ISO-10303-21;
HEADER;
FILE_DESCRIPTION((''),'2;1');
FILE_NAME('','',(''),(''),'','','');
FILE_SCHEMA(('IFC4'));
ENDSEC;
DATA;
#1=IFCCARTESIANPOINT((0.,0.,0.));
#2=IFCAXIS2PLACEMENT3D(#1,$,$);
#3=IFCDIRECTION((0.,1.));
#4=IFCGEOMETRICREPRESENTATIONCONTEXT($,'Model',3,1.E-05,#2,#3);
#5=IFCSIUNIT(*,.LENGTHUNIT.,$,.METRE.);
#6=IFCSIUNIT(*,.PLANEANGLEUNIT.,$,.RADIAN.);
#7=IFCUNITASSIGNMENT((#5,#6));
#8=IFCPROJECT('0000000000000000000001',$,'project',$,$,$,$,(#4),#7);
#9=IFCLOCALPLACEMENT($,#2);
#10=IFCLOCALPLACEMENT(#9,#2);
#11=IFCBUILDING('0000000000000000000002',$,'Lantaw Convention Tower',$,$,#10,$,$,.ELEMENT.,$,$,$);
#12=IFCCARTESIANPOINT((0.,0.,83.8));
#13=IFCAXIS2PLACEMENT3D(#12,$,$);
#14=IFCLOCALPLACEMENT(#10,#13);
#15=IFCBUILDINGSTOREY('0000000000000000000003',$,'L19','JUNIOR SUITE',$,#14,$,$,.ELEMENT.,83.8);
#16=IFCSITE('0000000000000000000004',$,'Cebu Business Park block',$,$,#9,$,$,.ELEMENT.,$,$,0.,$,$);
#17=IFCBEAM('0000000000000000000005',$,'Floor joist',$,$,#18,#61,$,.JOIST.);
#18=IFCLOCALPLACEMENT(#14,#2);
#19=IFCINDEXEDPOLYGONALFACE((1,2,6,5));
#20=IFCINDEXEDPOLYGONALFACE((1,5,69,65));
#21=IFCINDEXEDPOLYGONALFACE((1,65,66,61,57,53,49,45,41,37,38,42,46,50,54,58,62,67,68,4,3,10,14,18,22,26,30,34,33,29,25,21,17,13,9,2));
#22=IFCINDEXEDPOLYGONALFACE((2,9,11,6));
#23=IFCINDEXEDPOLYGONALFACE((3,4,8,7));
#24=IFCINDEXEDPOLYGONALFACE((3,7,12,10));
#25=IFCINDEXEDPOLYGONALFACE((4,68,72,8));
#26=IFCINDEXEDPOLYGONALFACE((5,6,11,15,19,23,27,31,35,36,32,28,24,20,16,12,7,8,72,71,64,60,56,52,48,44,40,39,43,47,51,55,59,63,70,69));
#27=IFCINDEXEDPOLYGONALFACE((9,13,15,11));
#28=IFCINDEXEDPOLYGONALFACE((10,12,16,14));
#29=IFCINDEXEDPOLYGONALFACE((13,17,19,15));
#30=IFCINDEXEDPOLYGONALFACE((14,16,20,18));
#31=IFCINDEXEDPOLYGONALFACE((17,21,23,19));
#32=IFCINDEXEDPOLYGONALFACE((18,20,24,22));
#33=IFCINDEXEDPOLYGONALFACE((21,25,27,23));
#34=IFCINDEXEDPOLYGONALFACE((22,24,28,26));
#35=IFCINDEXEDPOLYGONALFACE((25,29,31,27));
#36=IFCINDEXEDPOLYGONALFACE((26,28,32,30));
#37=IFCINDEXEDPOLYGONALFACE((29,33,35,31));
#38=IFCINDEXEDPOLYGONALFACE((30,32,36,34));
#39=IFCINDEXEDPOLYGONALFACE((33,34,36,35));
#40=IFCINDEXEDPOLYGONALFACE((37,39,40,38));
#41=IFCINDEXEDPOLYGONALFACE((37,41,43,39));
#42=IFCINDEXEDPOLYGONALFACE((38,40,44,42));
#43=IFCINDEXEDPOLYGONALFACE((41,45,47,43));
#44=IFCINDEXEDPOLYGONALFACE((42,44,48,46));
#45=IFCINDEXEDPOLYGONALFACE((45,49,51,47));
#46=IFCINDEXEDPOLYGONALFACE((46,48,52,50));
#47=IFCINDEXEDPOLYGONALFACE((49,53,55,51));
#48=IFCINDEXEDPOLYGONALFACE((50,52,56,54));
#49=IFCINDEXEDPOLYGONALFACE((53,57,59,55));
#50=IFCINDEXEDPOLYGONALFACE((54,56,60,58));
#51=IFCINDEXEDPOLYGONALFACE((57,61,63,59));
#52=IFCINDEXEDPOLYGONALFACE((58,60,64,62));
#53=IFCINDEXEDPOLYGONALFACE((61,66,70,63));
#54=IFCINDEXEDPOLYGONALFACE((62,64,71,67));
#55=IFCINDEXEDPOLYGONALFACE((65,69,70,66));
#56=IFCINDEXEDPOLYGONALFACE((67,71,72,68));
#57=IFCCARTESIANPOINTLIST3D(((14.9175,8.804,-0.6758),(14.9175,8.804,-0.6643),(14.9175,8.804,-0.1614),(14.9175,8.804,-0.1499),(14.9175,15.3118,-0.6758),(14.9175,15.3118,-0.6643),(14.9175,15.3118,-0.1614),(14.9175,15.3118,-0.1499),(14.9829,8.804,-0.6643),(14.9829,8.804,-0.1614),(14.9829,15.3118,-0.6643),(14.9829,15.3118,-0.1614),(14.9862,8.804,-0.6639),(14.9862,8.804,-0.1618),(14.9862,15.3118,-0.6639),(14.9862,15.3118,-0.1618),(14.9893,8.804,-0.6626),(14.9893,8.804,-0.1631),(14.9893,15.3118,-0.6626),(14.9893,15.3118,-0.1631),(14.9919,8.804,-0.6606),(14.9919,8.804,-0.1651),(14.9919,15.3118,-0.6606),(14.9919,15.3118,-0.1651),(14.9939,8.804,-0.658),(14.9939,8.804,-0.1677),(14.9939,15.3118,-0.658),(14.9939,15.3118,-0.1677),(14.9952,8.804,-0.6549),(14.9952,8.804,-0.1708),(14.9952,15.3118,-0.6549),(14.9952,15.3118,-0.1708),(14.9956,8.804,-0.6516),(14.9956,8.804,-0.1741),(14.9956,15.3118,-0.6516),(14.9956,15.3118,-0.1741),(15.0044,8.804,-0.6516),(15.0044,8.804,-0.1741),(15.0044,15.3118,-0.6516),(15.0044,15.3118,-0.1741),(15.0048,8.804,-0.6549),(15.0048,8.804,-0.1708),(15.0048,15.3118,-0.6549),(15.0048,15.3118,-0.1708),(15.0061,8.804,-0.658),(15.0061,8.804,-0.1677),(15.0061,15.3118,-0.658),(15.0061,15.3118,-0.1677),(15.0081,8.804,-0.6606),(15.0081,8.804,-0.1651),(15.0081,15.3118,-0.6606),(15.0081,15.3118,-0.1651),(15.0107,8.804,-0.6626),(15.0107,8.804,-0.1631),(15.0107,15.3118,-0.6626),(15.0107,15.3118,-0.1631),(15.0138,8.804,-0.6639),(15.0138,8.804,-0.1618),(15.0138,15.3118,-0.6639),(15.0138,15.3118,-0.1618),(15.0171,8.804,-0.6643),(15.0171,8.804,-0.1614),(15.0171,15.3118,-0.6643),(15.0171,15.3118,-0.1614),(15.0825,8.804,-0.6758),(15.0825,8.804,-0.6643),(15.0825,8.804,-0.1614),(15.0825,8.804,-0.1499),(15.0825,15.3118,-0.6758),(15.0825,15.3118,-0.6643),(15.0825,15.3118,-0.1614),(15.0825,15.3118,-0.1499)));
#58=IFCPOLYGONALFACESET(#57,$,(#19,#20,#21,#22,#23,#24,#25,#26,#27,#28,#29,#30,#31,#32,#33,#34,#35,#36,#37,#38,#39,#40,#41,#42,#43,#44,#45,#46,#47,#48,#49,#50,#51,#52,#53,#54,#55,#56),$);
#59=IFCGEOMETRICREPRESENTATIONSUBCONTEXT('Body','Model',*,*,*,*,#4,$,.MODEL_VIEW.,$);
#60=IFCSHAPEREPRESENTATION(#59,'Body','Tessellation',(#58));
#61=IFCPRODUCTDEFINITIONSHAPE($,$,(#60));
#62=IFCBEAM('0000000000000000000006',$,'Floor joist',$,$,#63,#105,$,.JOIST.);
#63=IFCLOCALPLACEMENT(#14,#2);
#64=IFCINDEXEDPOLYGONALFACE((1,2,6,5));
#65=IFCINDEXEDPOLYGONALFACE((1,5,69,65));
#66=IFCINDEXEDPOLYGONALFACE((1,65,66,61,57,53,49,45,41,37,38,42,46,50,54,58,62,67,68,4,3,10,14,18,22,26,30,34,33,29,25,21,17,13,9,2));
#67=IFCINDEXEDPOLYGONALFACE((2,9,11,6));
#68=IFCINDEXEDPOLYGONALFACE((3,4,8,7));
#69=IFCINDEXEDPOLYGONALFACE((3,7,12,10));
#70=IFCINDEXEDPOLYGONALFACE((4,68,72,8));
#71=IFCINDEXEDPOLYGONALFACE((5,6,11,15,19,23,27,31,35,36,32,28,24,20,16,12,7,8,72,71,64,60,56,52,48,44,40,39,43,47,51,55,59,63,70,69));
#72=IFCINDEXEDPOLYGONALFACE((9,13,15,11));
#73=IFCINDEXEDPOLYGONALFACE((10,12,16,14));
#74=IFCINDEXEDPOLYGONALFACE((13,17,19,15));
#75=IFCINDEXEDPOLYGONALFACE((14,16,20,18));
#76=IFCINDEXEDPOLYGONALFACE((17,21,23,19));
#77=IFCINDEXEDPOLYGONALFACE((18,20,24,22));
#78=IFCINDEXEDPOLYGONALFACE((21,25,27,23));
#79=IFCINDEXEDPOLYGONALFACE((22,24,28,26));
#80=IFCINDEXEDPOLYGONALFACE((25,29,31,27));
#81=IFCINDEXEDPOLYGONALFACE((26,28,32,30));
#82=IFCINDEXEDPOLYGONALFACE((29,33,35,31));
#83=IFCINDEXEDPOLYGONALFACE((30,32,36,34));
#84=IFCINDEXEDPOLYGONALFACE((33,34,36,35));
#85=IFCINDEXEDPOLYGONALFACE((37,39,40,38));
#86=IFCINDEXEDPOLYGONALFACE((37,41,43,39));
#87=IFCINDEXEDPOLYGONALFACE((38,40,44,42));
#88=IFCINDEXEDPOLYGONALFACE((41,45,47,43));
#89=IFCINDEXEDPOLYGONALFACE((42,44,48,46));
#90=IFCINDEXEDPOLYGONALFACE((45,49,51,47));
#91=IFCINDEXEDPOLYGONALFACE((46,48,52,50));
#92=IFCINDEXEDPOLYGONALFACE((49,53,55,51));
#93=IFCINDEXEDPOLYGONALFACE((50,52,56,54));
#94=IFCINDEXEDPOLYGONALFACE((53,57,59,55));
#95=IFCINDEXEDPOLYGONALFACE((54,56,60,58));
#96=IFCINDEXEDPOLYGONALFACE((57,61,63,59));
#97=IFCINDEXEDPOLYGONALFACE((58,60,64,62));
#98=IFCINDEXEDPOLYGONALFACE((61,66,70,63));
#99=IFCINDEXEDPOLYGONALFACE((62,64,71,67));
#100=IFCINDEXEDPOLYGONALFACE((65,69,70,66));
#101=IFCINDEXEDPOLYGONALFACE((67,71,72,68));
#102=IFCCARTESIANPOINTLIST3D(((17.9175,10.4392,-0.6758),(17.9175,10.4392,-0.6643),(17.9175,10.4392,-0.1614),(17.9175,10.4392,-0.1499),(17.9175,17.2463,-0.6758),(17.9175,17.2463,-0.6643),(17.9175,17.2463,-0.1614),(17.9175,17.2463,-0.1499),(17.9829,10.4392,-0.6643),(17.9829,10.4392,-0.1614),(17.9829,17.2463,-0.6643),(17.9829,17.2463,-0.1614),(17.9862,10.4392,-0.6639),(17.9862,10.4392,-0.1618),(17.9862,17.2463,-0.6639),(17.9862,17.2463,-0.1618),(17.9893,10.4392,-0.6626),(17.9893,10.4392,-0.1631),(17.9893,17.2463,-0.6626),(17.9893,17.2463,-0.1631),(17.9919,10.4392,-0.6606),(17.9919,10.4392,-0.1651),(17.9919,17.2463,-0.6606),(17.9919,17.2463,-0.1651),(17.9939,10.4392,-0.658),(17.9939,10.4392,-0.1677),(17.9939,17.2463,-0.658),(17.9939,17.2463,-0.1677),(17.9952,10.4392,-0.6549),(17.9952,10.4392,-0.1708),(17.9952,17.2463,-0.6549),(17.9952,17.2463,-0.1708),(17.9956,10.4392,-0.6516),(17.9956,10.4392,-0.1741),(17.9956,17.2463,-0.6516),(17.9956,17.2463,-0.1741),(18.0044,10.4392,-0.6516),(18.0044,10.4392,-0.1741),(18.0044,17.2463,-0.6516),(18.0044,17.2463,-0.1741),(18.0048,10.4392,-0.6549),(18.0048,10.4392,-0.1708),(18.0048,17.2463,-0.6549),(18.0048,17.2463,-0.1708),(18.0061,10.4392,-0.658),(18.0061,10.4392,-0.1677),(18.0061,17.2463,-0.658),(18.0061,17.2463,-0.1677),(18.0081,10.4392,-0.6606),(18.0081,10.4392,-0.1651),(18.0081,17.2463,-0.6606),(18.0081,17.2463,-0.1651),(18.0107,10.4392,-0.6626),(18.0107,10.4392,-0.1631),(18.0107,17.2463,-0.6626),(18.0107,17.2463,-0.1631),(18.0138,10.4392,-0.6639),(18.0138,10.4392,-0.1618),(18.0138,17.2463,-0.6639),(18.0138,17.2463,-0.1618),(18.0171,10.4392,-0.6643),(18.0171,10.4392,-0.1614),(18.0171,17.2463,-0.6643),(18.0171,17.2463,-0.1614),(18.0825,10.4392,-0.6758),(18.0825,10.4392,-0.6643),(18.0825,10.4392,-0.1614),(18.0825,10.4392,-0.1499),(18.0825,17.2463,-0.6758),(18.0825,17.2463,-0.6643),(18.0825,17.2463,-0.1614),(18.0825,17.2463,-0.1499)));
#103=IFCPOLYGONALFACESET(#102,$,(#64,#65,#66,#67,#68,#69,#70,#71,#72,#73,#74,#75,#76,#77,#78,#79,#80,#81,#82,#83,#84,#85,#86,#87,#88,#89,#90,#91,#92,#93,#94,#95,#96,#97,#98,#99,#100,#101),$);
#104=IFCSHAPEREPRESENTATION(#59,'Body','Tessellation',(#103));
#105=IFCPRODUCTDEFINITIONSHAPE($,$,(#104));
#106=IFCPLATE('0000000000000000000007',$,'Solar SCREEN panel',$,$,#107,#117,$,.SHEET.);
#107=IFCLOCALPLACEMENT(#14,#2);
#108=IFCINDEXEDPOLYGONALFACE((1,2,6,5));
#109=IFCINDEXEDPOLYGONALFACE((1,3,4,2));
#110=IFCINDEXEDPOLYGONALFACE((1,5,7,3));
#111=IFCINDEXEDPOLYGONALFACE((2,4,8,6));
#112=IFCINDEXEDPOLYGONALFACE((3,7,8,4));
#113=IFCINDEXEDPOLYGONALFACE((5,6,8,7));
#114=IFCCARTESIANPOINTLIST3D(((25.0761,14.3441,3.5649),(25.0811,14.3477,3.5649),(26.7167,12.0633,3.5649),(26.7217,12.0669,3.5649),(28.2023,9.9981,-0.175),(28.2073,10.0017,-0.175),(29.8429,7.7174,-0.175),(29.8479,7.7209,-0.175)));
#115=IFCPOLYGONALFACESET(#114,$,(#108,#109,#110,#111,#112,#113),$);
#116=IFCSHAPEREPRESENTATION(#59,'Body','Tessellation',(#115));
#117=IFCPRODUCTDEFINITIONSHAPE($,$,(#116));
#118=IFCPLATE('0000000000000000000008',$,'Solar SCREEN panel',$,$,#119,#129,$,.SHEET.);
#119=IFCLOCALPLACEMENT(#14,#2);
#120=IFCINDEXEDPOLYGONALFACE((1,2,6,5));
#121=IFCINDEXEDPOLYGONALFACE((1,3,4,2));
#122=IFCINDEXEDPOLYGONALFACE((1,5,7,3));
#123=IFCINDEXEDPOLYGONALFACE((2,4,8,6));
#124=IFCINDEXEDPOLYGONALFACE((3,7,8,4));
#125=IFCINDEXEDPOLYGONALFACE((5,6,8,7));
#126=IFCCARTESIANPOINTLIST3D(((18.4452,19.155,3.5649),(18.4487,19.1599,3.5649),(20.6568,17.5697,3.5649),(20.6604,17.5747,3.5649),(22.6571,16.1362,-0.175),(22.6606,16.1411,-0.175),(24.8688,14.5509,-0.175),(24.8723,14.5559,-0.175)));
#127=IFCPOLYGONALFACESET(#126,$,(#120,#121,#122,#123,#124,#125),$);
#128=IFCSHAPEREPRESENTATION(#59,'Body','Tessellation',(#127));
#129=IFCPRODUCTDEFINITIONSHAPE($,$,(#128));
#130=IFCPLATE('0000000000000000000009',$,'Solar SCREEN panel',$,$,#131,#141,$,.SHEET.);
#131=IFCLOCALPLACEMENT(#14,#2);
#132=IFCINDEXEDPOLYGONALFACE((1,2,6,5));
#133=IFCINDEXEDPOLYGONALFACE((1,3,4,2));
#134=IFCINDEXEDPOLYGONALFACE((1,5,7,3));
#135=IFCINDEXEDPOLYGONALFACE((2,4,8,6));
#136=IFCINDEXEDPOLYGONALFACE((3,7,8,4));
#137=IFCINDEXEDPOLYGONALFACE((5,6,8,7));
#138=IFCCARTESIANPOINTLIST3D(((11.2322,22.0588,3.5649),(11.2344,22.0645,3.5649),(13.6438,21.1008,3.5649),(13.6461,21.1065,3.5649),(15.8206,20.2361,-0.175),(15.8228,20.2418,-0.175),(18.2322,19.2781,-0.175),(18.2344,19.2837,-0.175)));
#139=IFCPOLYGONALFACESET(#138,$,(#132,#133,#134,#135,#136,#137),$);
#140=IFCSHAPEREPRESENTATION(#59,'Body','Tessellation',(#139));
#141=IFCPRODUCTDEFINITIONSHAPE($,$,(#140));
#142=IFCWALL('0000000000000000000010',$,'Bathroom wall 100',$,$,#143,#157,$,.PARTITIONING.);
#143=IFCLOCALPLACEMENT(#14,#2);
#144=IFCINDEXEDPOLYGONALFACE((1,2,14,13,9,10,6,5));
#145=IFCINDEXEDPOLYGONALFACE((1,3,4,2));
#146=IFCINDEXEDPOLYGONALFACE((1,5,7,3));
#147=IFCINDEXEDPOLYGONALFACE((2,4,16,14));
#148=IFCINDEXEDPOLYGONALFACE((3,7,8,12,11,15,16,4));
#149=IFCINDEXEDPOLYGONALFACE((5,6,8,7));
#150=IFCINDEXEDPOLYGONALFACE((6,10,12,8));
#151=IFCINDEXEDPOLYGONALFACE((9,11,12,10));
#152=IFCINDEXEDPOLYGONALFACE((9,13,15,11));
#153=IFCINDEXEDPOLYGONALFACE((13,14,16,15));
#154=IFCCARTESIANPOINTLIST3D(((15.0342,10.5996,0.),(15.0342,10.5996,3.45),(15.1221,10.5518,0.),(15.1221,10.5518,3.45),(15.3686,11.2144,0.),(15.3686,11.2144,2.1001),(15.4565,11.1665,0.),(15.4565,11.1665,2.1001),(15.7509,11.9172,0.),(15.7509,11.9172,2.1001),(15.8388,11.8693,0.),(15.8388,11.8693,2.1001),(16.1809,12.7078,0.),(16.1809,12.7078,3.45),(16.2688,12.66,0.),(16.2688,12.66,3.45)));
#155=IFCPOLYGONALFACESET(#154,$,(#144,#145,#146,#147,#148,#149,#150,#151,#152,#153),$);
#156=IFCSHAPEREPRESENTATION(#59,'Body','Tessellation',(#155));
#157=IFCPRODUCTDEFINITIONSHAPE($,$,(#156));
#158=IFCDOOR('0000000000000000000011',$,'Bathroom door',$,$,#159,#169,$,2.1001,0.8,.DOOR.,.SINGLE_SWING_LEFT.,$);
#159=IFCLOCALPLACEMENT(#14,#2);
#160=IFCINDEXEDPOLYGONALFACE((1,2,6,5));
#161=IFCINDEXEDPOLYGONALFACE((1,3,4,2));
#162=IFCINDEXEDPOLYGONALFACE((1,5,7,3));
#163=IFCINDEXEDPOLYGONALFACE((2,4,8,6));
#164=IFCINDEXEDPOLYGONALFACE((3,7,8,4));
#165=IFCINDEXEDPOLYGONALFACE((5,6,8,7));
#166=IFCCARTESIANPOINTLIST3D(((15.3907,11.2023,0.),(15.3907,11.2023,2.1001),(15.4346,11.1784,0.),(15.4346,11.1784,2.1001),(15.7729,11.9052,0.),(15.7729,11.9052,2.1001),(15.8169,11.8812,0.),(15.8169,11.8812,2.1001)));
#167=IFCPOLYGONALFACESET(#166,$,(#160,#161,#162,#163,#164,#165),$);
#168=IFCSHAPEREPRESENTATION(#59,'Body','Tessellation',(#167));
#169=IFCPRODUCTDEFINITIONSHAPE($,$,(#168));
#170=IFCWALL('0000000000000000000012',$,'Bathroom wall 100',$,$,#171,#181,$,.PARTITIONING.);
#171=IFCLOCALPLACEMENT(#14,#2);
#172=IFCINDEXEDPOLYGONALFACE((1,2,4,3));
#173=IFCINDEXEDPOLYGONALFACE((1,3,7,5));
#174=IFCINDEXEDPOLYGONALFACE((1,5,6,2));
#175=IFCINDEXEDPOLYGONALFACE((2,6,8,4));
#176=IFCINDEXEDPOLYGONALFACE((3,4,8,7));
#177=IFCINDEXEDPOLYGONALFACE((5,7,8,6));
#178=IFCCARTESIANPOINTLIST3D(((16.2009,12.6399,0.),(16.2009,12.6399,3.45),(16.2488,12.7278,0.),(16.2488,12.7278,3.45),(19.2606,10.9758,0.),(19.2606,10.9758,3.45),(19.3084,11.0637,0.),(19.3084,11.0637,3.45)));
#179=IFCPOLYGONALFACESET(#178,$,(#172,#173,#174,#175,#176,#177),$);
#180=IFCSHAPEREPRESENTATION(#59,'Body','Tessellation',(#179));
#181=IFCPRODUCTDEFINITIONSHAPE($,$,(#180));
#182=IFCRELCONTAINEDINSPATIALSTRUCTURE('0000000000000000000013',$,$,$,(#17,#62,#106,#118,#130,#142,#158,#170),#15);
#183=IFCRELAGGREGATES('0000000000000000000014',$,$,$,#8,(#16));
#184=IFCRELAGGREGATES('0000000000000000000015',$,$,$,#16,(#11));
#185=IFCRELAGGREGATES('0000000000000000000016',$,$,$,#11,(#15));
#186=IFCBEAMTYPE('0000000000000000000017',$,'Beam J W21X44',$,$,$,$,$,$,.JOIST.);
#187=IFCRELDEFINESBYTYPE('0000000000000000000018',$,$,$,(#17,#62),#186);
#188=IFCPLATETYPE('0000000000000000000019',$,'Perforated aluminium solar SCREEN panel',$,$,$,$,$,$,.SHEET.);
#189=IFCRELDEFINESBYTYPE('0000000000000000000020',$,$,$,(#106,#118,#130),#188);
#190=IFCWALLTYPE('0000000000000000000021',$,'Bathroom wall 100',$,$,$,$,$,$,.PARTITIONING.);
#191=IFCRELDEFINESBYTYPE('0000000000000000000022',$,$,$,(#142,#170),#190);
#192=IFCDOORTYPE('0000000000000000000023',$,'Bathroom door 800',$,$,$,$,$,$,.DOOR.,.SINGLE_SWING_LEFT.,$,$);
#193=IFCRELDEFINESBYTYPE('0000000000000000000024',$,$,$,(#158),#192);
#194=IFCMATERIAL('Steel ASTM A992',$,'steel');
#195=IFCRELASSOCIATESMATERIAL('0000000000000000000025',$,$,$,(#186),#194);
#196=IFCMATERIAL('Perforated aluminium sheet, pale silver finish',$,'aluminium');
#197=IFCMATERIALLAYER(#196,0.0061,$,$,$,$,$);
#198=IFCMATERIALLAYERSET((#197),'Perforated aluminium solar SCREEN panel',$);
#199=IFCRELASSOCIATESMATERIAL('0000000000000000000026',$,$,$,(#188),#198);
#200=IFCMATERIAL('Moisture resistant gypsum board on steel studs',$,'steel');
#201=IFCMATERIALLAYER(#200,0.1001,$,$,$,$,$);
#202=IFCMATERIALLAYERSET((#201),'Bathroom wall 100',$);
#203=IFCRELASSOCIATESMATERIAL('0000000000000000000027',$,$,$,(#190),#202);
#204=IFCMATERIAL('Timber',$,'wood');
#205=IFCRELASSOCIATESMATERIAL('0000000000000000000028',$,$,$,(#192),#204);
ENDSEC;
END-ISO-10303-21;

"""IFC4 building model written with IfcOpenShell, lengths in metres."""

from ifc_helpers import new_model, si_unit, direction, frame, frame_2d, origin, origin_2d, place, context, subcontext, project, spatial, polyline, rectangle, i_section, outline, extrude, material, layer, layer_set, material_profile, profile_set, type_object, element, fill, save


model = new_model("IFC4")

# Units and contexts
model_context = context("Model", 3, precision=1e-05, world=origin(), true_north=direction((0.0, 1.0)))
body_context = subcontext(model_context, "Body", "Model", "MODEL_VIEW")
ifc_project = project(units=[si_unit("LENGTHUNIT", "METRE"), si_unit("PLANEANGLEUNIT", "RADIAN")], contexts=[model_context])

# Site, building, storey
site_placement = place(None, origin())
site = spatial("IfcSite", under=ifc_project, at=site_placement, Name="Cebu Business Park block", CompositionType="ELEMENT", RefElevation=0.0)
building_placement = place(site_placement, origin())
building = spatial("IfcBuilding", under=site, at=building_placement, Name="Lantaw Convention Tower", CompositionType="ELEMENT")
storey_placement = place(building_placement, frame((0.0, 0.0, 83.8)))
storey = spatial("IfcBuildingStorey", under=building, at=storey_placement, Name="L19", Description="JUNIOR SUITE", CompositionType="ELEMENT", Elevation=83.8)

# Beams
ifc_material_1 = material(Name="Steel ASTM A992", Category="steel")
ifc_material_profile_1 = material_profile(ifc_material_1, i_section(OverallWidth=0.165, OverallDepth=0.5259, WebThickness=0.0088, FlangeThickness=0.0115, FilletRadius=0.0127, at=origin_2d()), Name="W21X44")
ifc_profile_set_1 = profile_set([ifc_material_profile_1], Name="Steel ASTM A992")
beam_type_1 = type_object("IfcBeamType", Name="Beam J W21X44", PredefinedType="JOIST", material=ifc_profile_set_1)
beam_1_placement = place(storey_placement, frame((15.0, 8.804, -0.4128), z_axis=(0.0, 1.0, 0.0), x_axis=(-1.0, 0.0, 0.0)))
element("IfcBeam", 1, at=beam_1_placement, inside=storey, type_object=beam_type_1, Name="Floor joist", PredefinedType="JOIST", context=body_context, shape_type="SweptSolid", body=[
    extrude(i_section(OverallWidth=0.165, OverallDepth=0.5259, WebThickness=0.0088, FlangeThickness=0.0115, FilletRadius=0.0127, at=origin_2d()), origin(), (0.0, 0.0, 1.0), 6.5078),
])
beam_2_placement = place(storey_placement, frame((18.0, 10.4392, -0.4128), z_axis=(0.0, 1.0, 0.0), x_axis=(-1.0, 0.0, 0.0)))
element("IfcBeam", 2, at=beam_2_placement, inside=storey, type_object=beam_type_1, Name="Floor joist", PredefinedType="JOIST", context=body_context, shape_type="SweptSolid", body=[
    extrude(i_section(OverallWidth=0.165, OverallDepth=0.5259, WebThickness=0.0088, FlangeThickness=0.0115, FilletRadius=0.0127, at=origin_2d()), origin(), (0.0, 0.0, 1.0), 6.8071),
])

# Plates
ifc_material_2 = material(Name="Perforated aluminium sheet, pale silver finish", Category="aluminium")
ifc_layer_1 = layer(ifc_material_2, 0.0061)
ifc_layer_set_1 = layer_set([ifc_layer_1], Name="Perforated aluminium solar SCREEN panel")
plate_type = type_object("IfcPlateType", Name="Perforated aluminium solar SCREEN panel", PredefinedType="SHEET", material=ifc_layer_set_1)
plate_1_placement = place(storey_placement, frame((29.8479, 7.7209, -0.175), z_axis=(0.811791, 0.583948, 0.000009), x_axis=(-0.583948, 0.811791, 0.0)))
element("IfcPlate", 3, at=plate_1_placement, inside=storey, type_object=plate_type, Name="Solar SCREEN panel", PredefinedType="SHEET", context=body_context, shape_type="SweptSolid", body=[
    extrude(outline(polyline([(0.0, 0.0), (2.8095, 0.0), (8.1631, 3.74), (5.3536, 3.74), (0.0, 0.0)])), origin(), (0.0, 0.0, -1.0), 0.0061),
])
plate_2_placement = place(storey_placement, frame((24.8723, 14.5559, -0.175), z_axis=(0.582561, 0.812787, 0.000016), x_axis=(-0.812787, 0.582561, 0.0)))
element("IfcPlate", 4, at=plate_2_placement, inside=storey, type_object=plate_type, Name="Solar SCREEN panel", PredefinedType="SHEET", context=body_context, shape_type="SweptSolid", body=[
    extrude(outline(polyline([(0.0, 0.0), (2.7211, 0.0), (7.9031, 3.74), (5.182, 3.74), (0.0, 0.0)])), origin(), (0.0, 0.0, -1.0), 0.0061),
])
plate_3_placement = place(storey_placement, frame((18.2322, 19.2781, -0.175), z_axis=(-0.369184, -0.929357, 0.000009), x_axis=(-0.929357, 0.369184, 0.0)))
element("IfcPlate", 5, at=plate_3_placement, inside=storey, type_object=plate_type, Name="Solar SCREEN panel", PredefinedType="SHEET", context=body_context, shape_type="SweptSolid", body=[
    extrude(outline(polyline([(0.0, 0.0), (2.5949, 0.0), (7.5321, -3.74), (4.9372, -3.74), (0.0, 0.0)])), origin(), (0.0, 0.0, -1.0), 0.0061),
])

# Wall, opening, door
ifc_material_3 = material(Name="Moisture resistant gypsum board on steel studs", Category="steel")
ifc_layer_2 = layer(ifc_material_3, 0.1001)
ifc_layer_set_2 = layer_set([ifc_layer_2], Name="Bathroom wall 100")
wall_type_1 = type_object("IfcWallType", Name="Bathroom wall 100", PredefinedType="PARTITIONING", material=ifc_layer_set_2)
wall_1_placement = place(storey_placement, frame((15.0781, 10.5757, 0.0), z_axis=(0.0, 0.0, 1.0), x_axis=(0.477833, 0.878451, 0.0)))
wall_1 = element("IfcWall", 6, at=wall_1_placement, inside=storey, type_object=wall_type_1, Name="Bathroom wall 100", PredefinedType="PARTITIONING", context=body_context, shape_type="SweptSolid", body=[
    extrude(rectangle(XDim=2.3999, YDim=0.1001, at=frame_2d((1.2, 0.0))), origin(), (0.0, 0.0, 1.0), 3.45),
])
opening_1_placement = place(wall_1_placement, frame((0.7, 0.0, 0.0)))
opening_1 = element("IfcOpeningElement", 7, at=opening_1_placement, cuts=wall_1, PredefinedType="OPENING", context=body_context, shape_type="SweptSolid", body=[
    extrude(rectangle(XDim=0.8, YDim=2.1001, at=frame_2d((0.3999, 1.05))), frame((0.0, 0.0601, 0.0), z_axis=(0.0, -1.0, 0.0), x_axis=(1.0, 0.0, 0.0)), (0.0, 0.0, 1.0), 0.1201),
])
ifc_material_4 = material(Name="Timber", Category="wood")
door_type = type_object("IfcDoorType", Name="Bathroom door 800", OperationType="SINGLE_SWING_LEFT", PredefinedType="DOOR", material=ifc_material_4)
door_placement = place(opening_1_placement, origin())
door = element("IfcDoor", 8, at=door_placement, inside=storey, type_object=door_type, Name="Bathroom door", OperationType="SINGLE_SWING_LEFT", OverallHeight=2.1001, OverallWidth=0.8, PredefinedType="DOOR", context=body_context, shape_type="SweptSolid", body=[
    extrude(rectangle(XDim=0.8, YDim=2.1001, at=frame_2d((0.3999, 1.05))), frame((0.0, 0.0249, 0.0), z_axis=(0.0, -1.0, 0.0), x_axis=(1.0, 0.0, 0.0)), (0.0, 0.0, 1.0), 0.05),
])
fill(opening_1, door)

# Wall
wall_2_placement = place(storey_placement, frame((16.2249, 12.6838, 0.0), z_axis=(0.0, 0.0, 1.0), x_axis=(0.878474, -0.477791, 0.0)))
element("IfcWall", 9, at=wall_2_placement, inside=storey, type_object=wall_type_1, Name="Bathroom wall 100", PredefinedType="PARTITIONING", context=body_context, shape_type="SweptSolid", body=[
    extrude(rectangle(XDim=3.4829, YDim=0.1001, at=frame_2d((1.7415, 0.0))), origin(), (0.0, 0.0, 1.0), 3.45),
])

save(model, "model.ifc")
